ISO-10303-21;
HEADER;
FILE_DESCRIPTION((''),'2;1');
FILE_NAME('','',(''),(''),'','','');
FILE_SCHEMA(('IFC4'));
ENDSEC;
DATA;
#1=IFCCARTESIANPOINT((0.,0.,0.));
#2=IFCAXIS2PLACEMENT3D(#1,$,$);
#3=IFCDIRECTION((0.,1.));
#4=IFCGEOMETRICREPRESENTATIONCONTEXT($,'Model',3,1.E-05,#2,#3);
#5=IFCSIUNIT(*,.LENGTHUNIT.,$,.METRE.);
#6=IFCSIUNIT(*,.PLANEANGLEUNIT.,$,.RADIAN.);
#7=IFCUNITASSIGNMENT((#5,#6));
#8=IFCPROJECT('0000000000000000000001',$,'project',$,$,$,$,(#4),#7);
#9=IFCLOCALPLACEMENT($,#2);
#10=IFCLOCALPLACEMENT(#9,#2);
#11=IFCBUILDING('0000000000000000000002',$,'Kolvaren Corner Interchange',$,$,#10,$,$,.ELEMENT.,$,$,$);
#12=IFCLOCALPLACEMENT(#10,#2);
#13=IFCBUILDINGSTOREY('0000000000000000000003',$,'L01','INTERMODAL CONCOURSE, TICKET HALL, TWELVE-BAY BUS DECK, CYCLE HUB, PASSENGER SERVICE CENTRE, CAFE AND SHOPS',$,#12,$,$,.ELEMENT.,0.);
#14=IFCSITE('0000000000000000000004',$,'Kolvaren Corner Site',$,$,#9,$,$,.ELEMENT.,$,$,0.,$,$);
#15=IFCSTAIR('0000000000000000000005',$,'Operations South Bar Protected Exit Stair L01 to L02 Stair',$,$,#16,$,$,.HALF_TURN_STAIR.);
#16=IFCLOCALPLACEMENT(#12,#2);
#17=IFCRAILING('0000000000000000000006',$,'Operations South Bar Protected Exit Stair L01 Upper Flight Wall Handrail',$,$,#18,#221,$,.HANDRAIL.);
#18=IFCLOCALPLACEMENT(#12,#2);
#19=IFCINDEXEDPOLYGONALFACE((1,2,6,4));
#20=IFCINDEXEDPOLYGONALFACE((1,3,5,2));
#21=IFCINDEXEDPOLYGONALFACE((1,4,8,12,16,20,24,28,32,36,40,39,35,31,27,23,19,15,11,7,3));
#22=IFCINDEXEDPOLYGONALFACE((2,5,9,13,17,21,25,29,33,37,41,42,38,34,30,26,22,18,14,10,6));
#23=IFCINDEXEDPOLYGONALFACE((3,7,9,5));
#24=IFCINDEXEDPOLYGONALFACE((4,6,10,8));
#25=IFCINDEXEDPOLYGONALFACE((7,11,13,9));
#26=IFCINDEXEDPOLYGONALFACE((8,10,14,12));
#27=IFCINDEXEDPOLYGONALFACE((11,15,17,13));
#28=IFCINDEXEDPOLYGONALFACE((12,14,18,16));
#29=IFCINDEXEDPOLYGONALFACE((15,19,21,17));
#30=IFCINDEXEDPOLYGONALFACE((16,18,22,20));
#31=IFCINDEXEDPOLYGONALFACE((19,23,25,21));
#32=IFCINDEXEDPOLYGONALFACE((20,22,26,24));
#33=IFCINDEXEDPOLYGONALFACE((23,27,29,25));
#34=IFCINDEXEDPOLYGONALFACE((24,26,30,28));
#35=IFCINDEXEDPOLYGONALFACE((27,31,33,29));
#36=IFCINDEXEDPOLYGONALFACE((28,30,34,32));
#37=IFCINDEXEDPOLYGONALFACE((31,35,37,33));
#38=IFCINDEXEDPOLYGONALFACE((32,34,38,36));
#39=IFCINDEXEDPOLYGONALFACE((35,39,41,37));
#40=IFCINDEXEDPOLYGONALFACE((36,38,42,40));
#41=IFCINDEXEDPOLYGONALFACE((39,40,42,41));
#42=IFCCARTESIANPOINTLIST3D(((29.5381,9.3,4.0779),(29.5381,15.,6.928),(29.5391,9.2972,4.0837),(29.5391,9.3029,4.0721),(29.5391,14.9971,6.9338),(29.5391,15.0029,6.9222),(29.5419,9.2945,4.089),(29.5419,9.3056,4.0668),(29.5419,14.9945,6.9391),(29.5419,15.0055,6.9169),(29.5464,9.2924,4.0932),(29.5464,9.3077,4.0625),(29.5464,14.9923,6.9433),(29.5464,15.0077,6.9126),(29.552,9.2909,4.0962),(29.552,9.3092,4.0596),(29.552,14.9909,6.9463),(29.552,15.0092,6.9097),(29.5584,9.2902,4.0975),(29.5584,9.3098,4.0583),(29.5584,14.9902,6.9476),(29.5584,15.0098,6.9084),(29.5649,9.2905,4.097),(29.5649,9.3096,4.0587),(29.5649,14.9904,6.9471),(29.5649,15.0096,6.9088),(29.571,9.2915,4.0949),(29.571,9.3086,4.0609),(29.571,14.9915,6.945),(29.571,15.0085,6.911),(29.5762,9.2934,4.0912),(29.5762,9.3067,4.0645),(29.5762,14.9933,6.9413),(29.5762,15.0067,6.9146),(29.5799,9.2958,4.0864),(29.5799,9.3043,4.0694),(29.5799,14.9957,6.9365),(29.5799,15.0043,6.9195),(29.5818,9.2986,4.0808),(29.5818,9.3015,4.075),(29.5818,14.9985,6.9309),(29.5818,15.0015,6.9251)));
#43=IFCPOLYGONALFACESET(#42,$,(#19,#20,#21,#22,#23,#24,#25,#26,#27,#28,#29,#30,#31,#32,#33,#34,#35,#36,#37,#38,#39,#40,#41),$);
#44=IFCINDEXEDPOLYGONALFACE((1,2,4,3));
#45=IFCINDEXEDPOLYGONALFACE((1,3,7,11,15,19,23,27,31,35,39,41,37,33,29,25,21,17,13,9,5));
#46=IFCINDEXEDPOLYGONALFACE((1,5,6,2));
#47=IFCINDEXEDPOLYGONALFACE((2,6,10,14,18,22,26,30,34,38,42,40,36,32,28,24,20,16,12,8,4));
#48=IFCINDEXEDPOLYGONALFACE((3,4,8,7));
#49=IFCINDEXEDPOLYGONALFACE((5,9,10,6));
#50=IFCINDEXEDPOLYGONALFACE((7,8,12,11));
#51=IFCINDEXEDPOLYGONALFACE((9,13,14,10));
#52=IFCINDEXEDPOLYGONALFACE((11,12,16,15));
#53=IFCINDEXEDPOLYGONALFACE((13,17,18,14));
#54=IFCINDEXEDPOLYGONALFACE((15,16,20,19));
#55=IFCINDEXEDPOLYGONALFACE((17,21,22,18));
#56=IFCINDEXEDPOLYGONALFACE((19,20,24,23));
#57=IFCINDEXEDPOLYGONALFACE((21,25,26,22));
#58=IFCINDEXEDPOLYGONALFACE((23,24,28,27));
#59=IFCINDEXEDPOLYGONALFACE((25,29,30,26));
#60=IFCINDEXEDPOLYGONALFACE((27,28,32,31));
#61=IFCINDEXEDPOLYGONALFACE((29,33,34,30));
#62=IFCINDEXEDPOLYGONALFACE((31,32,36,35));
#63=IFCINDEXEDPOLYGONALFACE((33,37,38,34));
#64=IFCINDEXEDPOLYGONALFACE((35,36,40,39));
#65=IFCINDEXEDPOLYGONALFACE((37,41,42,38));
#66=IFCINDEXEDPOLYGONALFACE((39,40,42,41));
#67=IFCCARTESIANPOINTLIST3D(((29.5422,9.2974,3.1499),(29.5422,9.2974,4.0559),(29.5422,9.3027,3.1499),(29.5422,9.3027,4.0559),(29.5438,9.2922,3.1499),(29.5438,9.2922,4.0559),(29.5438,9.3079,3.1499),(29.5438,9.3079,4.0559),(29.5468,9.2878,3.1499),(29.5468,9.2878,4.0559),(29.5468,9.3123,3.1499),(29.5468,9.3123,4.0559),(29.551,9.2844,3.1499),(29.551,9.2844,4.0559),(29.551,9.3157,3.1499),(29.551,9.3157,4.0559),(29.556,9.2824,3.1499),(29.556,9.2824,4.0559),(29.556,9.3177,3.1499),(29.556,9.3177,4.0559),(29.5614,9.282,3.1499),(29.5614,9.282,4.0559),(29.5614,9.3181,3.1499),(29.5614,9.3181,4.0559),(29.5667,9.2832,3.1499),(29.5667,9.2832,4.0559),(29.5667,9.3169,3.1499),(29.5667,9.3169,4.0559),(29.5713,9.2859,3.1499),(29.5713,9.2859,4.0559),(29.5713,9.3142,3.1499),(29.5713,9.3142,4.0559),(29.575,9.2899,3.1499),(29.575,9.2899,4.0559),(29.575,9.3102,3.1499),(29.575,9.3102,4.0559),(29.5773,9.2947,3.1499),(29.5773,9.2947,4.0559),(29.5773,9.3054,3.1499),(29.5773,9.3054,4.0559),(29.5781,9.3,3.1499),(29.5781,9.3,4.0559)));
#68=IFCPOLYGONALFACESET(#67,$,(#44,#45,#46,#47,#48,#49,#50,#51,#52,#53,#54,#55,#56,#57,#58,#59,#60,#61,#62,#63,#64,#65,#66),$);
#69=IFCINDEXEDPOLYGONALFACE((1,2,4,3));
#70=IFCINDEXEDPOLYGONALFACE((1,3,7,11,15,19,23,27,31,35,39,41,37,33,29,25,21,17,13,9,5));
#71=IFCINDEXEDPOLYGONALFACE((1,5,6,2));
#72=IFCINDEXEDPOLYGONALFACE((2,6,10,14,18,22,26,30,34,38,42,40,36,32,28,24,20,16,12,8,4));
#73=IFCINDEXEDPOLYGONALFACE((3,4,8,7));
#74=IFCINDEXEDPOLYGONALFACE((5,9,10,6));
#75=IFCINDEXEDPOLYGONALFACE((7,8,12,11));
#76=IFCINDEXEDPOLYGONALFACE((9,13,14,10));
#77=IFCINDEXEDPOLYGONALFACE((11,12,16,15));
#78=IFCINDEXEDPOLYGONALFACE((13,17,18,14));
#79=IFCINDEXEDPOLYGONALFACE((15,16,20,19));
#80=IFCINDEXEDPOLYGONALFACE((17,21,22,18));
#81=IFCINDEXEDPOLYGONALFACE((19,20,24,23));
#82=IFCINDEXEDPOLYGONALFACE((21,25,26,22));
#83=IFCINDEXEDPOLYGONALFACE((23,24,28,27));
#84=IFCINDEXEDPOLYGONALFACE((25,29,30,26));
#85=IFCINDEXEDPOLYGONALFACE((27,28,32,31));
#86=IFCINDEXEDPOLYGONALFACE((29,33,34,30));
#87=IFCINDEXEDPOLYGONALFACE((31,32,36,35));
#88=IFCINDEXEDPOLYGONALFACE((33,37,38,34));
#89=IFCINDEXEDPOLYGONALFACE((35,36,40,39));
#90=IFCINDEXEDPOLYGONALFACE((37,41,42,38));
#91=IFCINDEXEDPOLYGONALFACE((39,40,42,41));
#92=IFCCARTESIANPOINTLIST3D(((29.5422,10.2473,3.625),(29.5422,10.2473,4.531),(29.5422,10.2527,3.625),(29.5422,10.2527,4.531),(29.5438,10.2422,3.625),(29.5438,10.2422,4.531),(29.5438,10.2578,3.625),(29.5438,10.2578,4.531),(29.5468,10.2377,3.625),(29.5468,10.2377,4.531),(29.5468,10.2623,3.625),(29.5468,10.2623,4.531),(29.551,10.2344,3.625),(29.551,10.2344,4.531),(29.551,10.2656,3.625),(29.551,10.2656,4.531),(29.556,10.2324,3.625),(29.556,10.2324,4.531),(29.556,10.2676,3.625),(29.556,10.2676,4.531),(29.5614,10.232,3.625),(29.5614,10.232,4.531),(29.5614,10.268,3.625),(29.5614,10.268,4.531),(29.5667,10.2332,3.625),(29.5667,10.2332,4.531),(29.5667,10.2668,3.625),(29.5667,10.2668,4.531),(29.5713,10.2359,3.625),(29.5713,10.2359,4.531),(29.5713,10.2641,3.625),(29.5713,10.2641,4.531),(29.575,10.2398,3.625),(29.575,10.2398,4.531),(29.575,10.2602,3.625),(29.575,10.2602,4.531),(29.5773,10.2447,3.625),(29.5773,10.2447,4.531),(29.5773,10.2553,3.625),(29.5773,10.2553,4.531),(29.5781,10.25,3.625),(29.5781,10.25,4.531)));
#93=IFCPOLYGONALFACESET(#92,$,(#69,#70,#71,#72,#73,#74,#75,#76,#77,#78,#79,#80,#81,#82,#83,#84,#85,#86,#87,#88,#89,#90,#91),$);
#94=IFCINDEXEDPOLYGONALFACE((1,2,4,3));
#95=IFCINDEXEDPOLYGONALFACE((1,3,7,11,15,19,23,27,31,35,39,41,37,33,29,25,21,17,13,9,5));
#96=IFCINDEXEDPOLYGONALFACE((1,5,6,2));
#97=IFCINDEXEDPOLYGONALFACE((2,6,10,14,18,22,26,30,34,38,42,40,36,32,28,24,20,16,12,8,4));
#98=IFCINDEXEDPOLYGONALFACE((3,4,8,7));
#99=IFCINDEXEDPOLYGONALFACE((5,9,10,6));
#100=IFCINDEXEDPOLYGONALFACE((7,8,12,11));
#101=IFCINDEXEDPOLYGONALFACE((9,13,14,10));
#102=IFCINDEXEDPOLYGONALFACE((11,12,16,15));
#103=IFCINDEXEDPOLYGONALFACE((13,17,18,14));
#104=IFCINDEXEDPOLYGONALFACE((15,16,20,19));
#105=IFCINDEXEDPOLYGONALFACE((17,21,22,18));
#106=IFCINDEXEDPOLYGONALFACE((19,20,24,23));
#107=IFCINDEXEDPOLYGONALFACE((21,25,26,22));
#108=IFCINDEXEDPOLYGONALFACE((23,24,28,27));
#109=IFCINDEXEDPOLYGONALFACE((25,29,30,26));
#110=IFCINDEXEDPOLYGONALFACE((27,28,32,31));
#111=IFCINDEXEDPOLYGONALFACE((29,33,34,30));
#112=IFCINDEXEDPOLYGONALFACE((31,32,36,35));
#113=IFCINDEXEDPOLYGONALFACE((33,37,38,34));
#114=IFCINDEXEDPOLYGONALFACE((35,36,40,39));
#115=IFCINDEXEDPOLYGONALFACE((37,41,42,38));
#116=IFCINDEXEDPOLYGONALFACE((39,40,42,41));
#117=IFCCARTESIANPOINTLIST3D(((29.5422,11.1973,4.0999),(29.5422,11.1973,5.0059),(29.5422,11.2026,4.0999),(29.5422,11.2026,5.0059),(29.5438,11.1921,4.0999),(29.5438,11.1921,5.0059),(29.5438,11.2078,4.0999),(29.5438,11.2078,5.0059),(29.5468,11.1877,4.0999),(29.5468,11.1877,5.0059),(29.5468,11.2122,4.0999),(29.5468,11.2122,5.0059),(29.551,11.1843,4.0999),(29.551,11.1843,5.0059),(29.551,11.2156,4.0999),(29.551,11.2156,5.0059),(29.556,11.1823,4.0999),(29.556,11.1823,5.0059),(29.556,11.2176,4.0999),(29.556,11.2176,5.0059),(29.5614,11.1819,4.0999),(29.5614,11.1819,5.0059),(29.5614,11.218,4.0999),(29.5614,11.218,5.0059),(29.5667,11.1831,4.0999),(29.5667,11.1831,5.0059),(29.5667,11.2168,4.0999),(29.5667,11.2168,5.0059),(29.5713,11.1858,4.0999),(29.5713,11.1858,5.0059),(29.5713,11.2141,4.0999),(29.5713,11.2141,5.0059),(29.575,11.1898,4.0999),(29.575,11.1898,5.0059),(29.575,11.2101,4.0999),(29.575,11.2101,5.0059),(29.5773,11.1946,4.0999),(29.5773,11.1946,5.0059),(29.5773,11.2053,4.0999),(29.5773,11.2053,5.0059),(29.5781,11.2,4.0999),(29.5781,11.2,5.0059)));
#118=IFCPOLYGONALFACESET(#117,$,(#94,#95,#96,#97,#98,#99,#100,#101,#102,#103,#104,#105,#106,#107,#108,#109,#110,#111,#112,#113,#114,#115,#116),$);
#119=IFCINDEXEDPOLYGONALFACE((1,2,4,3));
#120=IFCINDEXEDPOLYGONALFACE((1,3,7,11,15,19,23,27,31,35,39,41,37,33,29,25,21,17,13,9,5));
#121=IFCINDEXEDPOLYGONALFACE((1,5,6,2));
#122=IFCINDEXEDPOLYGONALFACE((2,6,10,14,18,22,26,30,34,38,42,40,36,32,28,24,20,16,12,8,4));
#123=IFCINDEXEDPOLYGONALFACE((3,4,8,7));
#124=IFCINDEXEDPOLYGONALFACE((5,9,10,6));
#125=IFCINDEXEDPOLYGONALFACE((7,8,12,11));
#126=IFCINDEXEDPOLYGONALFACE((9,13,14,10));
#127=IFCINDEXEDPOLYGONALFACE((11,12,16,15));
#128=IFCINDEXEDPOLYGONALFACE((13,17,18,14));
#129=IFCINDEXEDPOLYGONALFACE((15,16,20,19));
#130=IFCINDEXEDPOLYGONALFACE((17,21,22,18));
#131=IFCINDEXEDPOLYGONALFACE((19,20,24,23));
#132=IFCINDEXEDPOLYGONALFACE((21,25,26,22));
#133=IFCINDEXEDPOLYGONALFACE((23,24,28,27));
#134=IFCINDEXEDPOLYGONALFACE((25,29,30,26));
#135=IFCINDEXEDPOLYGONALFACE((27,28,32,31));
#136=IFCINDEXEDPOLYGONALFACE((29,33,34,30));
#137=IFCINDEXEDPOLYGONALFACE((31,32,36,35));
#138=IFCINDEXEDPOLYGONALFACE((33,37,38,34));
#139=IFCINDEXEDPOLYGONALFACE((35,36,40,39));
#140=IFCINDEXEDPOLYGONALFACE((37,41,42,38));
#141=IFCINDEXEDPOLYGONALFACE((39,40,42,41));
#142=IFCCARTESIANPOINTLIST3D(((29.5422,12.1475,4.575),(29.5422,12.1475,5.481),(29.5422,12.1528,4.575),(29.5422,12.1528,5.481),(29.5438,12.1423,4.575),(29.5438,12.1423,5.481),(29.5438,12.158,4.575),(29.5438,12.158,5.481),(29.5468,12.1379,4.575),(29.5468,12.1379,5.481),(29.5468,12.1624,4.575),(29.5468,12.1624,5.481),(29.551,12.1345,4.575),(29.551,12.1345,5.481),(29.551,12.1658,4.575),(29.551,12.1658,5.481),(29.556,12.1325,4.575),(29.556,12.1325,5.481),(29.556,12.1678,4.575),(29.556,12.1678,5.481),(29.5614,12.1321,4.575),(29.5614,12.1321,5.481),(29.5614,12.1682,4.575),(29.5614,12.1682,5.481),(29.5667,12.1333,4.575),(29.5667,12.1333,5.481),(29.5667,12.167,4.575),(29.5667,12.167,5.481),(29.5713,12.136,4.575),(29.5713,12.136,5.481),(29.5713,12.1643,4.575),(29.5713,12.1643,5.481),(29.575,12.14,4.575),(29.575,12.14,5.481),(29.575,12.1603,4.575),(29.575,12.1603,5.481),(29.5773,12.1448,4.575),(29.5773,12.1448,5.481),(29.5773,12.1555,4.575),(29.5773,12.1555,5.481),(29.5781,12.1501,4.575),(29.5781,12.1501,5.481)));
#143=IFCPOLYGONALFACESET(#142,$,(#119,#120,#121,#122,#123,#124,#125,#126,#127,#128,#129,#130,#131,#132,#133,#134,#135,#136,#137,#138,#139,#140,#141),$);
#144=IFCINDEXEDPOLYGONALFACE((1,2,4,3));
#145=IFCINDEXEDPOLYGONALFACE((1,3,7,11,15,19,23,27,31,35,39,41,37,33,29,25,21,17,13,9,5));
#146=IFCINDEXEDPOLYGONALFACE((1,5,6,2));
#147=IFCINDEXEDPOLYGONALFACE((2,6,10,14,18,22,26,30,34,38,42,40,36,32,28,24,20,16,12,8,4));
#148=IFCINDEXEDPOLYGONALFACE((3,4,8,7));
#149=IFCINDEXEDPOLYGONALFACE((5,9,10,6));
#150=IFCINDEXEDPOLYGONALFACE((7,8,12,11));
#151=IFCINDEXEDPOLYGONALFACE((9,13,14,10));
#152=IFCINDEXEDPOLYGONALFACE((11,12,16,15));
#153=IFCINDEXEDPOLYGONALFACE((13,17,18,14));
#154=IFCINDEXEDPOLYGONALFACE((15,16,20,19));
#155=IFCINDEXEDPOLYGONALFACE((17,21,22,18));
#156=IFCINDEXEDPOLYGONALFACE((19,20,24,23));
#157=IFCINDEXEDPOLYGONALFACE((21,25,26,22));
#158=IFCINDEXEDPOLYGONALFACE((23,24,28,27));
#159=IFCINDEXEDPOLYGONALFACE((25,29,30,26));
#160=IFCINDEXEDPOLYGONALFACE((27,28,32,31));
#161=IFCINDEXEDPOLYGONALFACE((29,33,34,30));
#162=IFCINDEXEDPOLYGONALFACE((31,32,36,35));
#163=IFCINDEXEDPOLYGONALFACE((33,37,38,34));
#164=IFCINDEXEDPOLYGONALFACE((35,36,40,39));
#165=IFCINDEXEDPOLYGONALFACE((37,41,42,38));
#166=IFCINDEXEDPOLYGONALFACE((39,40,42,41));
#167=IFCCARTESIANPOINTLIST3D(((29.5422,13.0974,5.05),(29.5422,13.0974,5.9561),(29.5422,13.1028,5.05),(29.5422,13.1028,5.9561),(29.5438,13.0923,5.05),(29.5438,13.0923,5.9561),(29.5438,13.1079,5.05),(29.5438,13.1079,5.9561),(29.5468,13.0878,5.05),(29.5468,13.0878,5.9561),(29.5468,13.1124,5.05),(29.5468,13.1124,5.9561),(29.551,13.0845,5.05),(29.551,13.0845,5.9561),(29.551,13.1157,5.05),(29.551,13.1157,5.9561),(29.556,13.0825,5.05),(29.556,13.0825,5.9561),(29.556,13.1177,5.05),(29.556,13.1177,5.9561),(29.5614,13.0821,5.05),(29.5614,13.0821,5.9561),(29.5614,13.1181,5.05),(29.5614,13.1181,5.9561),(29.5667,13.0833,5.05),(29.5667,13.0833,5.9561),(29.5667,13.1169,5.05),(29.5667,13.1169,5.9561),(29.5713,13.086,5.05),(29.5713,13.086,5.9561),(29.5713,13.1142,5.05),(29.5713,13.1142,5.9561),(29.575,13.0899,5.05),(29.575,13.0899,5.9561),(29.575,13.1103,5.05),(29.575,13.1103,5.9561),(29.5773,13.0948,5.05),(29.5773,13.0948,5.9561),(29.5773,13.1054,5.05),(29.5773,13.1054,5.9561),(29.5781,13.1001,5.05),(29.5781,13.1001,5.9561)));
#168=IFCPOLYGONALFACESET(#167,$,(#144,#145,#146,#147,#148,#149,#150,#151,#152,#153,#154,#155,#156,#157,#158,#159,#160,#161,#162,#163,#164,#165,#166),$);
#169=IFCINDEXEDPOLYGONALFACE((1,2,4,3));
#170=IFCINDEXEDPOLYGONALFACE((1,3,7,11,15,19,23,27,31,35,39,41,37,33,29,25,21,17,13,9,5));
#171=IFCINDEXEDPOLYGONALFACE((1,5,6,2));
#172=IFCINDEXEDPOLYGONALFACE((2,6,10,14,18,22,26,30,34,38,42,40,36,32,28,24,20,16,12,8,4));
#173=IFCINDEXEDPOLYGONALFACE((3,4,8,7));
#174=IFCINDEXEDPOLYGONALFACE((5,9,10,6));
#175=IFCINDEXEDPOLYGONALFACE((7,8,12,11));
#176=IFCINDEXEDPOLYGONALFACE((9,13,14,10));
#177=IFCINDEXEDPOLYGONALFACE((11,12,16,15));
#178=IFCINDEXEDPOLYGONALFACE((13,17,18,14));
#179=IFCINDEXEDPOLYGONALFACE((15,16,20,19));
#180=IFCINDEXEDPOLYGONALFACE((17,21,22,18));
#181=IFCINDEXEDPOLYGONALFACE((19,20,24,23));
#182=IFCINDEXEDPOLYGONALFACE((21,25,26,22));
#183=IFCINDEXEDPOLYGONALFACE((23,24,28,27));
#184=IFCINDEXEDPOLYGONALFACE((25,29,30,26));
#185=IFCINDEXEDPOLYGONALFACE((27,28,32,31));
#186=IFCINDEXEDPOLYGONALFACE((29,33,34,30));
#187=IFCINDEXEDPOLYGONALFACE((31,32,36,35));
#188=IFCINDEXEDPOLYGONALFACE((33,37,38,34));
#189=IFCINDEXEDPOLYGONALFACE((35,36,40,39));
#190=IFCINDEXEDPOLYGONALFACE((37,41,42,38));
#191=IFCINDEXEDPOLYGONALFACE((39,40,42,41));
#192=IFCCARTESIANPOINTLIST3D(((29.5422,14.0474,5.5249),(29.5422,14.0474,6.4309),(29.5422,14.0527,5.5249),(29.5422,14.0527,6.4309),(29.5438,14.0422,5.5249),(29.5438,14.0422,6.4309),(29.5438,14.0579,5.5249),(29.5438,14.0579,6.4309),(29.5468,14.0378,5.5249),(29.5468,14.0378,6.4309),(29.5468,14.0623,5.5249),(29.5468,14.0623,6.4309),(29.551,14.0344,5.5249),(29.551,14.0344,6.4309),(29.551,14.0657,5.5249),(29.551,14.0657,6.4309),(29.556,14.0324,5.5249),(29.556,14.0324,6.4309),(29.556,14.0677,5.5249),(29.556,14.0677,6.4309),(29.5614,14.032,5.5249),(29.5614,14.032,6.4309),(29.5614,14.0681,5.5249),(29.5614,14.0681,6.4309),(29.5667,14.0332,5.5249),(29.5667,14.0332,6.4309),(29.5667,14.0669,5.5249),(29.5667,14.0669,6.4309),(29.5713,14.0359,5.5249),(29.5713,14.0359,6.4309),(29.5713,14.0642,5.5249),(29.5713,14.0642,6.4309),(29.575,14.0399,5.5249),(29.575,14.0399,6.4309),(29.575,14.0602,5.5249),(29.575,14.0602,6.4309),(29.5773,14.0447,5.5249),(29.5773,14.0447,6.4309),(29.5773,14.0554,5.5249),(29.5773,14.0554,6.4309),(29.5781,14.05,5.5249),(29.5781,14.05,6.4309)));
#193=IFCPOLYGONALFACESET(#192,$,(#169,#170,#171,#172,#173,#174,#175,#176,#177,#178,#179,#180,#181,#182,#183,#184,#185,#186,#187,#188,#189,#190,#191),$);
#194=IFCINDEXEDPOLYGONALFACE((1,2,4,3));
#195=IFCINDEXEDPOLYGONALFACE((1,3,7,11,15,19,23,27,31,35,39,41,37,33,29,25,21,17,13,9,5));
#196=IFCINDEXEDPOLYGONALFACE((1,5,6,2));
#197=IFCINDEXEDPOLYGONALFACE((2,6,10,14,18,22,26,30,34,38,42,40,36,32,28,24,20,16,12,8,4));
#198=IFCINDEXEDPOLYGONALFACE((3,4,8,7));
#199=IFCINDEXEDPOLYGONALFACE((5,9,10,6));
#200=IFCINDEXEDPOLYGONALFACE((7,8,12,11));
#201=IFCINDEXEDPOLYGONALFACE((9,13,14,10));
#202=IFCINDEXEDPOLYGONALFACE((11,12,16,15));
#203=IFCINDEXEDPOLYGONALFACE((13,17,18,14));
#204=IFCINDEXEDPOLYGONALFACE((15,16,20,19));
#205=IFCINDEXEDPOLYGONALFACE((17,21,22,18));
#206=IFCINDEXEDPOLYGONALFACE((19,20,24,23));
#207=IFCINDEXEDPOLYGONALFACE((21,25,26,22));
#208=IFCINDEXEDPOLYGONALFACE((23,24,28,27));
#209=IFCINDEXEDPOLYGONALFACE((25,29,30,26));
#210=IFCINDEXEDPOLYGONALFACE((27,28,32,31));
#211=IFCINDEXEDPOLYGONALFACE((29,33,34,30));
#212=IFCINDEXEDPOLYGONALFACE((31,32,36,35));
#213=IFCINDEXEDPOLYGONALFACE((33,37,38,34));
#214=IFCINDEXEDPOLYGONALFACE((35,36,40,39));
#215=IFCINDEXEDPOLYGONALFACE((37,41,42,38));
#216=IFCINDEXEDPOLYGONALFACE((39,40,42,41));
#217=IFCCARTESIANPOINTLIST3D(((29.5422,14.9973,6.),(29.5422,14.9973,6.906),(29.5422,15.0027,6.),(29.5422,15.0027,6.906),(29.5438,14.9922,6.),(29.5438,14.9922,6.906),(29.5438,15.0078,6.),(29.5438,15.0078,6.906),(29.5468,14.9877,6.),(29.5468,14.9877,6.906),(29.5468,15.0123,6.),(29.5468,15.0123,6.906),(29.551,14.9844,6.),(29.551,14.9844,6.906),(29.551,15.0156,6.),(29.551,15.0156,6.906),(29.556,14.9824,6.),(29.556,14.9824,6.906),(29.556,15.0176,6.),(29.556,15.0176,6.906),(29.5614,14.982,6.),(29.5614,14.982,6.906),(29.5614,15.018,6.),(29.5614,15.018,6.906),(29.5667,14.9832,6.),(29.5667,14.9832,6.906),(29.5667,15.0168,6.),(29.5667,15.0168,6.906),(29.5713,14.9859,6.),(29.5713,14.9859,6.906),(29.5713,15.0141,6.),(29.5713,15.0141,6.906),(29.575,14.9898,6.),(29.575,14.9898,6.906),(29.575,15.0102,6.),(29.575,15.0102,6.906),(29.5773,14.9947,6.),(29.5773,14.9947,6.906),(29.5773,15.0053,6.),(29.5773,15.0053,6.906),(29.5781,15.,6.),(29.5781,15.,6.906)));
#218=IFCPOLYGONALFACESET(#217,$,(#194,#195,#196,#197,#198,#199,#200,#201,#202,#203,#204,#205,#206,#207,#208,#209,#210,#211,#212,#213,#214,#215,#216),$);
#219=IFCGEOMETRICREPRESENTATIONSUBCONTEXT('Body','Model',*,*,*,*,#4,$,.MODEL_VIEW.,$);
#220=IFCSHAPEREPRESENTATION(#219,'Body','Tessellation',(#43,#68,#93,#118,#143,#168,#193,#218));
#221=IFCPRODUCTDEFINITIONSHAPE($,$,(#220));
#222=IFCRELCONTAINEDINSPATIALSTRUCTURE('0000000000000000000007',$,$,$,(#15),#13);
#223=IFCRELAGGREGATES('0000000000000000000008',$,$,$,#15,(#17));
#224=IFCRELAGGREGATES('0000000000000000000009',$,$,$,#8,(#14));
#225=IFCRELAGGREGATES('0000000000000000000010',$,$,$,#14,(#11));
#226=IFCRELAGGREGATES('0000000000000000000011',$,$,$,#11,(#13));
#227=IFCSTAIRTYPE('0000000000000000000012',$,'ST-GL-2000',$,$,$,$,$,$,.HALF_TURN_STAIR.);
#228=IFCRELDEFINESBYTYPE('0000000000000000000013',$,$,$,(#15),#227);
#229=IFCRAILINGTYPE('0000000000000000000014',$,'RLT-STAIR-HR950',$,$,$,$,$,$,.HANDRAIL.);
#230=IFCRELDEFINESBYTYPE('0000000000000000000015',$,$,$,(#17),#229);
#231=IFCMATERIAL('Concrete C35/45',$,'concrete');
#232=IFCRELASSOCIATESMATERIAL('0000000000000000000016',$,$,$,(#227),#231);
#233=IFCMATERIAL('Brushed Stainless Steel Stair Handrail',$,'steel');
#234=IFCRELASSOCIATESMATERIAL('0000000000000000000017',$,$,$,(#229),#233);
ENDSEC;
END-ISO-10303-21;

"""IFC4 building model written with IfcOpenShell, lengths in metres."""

from ifc_helpers import new_model, si_unit, direction, frame, origin, origin_2d, place, context, subcontext, project, spatial, circle, extrude, material, type_object, element, aggregate, save


model = new_model("IFC4")

# Units and contexts
model_context = context("Model", 3, precision=1e-05, world=origin(), true_north=direction((0.0, 1.0)))
body_context = subcontext(model_context, "Body", "Model", "MODEL_VIEW")
ifc_project = project(units=[si_unit("LENGTHUNIT", "METRE"), si_unit("PLANEANGLEUNIT", "RADIAN")], contexts=[model_context])

# Site, building, storey
site_placement = place(None, origin())
site = spatial("IfcSite", under=ifc_project, at=site_placement, Name="Kolvaren Corner Site", CompositionType="ELEMENT", RefElevation=0.0)
building_placement = place(site_placement, origin())
building = spatial("IfcBuilding", under=site, at=building_placement, Name="Kolvaren Corner Interchange", CompositionType="ELEMENT")
storey_placement = place(building_placement, origin())
storey = spatial("IfcBuildingStorey", under=building, at=storey_placement, Name="L01", Description="INTERMODAL CONCOURSE, TICKET HALL, TWELVE-BAY BUS DECK, CYCLE HUB, PASSENGER SERVICE CENTRE, CAFE AND SHOPS", CompositionType="ELEMENT", Elevation=0.0)

# Stair, railing
ifc_material_1 = material(Name="Concrete C35/45", Category="concrete")
stair_type = type_object("IfcStairType", Name="ST-GL-2000", PredefinedType="HALF_TURN_STAIR", material=ifc_material_1)
stair_placement = place(storey_placement, origin())
stair = element("IfcStair", 1, at=stair_placement, inside=storey, type_object=stair_type, Name="Operations South Bar Protected Exit Stair L01 to L02 Stair", PredefinedType="HALF_TURN_STAIR")
ifc_material_2 = material(Name="Brushed Stainless Steel Stair Handrail", Category="steel")
railing_type_1 = type_object("IfcRailingType", Name="RLT-STAIR-HR950", PredefinedType="HANDRAIL", material=ifc_material_2)
railing_1_placement = place(storey_placement, frame((29.5601, 9.3, 3.1499)))
railing_1 = element("IfcRailing", 2, at=railing_1_placement, type_object=railing_type_1, Name="Operations South Bar Protected Exit Stair L01 Upper Flight Wall Handrail", PredefinedType="HANDRAIL", context=body_context, shape_type="SweptSolid", body=[
    extrude(circle(Radius=0.022, at=origin_2d()), frame((0.0, 0.0, 0.928), z_axis=(0.0, 0.89442, 0.447229), x_axis=(-1.0, 0.0, 0.0)), (0.0, 0.0, 1.0), 6.3728),
    extrude(circle(Radius=0.0181, at=origin_2d()), origin(), (0.0, 0.0, 1.0), 0.906),
    extrude(circle(Radius=0.0181, at=origin_2d()), frame((0.0, 0.95, 0.4751)), (0.0, 0.0, 1.0), 0.906),
    extrude(circle(Radius=0.0181, at=origin_2d()), frame((0.0, 1.8999, 0.95)), (0.0, 0.0, 1.0), 0.906),
    extrude(circle(Radius=0.0181, at=origin_2d()), frame((0.0, 2.8501, 1.425)), (0.0, 0.0, 1.0), 0.906),
    extrude(circle(Radius=0.0181, at=origin_2d()), frame((0.0, 3.8, 1.9001)), (0.0, 0.0, 1.0), 0.906),
    extrude(circle(Radius=0.0181, at=origin_2d()), frame((0.0, 4.75, 2.375)), (0.0, 0.0, 1.0), 0.906),
    extrude(circle(Radius=0.0181, at=origin_2d()), frame((0.0, 5.7, 2.8501)), (0.0, 0.0, 1.0), 0.906),
])
aggregate(stair, [railing_1])

save(model, "model.ifc")
